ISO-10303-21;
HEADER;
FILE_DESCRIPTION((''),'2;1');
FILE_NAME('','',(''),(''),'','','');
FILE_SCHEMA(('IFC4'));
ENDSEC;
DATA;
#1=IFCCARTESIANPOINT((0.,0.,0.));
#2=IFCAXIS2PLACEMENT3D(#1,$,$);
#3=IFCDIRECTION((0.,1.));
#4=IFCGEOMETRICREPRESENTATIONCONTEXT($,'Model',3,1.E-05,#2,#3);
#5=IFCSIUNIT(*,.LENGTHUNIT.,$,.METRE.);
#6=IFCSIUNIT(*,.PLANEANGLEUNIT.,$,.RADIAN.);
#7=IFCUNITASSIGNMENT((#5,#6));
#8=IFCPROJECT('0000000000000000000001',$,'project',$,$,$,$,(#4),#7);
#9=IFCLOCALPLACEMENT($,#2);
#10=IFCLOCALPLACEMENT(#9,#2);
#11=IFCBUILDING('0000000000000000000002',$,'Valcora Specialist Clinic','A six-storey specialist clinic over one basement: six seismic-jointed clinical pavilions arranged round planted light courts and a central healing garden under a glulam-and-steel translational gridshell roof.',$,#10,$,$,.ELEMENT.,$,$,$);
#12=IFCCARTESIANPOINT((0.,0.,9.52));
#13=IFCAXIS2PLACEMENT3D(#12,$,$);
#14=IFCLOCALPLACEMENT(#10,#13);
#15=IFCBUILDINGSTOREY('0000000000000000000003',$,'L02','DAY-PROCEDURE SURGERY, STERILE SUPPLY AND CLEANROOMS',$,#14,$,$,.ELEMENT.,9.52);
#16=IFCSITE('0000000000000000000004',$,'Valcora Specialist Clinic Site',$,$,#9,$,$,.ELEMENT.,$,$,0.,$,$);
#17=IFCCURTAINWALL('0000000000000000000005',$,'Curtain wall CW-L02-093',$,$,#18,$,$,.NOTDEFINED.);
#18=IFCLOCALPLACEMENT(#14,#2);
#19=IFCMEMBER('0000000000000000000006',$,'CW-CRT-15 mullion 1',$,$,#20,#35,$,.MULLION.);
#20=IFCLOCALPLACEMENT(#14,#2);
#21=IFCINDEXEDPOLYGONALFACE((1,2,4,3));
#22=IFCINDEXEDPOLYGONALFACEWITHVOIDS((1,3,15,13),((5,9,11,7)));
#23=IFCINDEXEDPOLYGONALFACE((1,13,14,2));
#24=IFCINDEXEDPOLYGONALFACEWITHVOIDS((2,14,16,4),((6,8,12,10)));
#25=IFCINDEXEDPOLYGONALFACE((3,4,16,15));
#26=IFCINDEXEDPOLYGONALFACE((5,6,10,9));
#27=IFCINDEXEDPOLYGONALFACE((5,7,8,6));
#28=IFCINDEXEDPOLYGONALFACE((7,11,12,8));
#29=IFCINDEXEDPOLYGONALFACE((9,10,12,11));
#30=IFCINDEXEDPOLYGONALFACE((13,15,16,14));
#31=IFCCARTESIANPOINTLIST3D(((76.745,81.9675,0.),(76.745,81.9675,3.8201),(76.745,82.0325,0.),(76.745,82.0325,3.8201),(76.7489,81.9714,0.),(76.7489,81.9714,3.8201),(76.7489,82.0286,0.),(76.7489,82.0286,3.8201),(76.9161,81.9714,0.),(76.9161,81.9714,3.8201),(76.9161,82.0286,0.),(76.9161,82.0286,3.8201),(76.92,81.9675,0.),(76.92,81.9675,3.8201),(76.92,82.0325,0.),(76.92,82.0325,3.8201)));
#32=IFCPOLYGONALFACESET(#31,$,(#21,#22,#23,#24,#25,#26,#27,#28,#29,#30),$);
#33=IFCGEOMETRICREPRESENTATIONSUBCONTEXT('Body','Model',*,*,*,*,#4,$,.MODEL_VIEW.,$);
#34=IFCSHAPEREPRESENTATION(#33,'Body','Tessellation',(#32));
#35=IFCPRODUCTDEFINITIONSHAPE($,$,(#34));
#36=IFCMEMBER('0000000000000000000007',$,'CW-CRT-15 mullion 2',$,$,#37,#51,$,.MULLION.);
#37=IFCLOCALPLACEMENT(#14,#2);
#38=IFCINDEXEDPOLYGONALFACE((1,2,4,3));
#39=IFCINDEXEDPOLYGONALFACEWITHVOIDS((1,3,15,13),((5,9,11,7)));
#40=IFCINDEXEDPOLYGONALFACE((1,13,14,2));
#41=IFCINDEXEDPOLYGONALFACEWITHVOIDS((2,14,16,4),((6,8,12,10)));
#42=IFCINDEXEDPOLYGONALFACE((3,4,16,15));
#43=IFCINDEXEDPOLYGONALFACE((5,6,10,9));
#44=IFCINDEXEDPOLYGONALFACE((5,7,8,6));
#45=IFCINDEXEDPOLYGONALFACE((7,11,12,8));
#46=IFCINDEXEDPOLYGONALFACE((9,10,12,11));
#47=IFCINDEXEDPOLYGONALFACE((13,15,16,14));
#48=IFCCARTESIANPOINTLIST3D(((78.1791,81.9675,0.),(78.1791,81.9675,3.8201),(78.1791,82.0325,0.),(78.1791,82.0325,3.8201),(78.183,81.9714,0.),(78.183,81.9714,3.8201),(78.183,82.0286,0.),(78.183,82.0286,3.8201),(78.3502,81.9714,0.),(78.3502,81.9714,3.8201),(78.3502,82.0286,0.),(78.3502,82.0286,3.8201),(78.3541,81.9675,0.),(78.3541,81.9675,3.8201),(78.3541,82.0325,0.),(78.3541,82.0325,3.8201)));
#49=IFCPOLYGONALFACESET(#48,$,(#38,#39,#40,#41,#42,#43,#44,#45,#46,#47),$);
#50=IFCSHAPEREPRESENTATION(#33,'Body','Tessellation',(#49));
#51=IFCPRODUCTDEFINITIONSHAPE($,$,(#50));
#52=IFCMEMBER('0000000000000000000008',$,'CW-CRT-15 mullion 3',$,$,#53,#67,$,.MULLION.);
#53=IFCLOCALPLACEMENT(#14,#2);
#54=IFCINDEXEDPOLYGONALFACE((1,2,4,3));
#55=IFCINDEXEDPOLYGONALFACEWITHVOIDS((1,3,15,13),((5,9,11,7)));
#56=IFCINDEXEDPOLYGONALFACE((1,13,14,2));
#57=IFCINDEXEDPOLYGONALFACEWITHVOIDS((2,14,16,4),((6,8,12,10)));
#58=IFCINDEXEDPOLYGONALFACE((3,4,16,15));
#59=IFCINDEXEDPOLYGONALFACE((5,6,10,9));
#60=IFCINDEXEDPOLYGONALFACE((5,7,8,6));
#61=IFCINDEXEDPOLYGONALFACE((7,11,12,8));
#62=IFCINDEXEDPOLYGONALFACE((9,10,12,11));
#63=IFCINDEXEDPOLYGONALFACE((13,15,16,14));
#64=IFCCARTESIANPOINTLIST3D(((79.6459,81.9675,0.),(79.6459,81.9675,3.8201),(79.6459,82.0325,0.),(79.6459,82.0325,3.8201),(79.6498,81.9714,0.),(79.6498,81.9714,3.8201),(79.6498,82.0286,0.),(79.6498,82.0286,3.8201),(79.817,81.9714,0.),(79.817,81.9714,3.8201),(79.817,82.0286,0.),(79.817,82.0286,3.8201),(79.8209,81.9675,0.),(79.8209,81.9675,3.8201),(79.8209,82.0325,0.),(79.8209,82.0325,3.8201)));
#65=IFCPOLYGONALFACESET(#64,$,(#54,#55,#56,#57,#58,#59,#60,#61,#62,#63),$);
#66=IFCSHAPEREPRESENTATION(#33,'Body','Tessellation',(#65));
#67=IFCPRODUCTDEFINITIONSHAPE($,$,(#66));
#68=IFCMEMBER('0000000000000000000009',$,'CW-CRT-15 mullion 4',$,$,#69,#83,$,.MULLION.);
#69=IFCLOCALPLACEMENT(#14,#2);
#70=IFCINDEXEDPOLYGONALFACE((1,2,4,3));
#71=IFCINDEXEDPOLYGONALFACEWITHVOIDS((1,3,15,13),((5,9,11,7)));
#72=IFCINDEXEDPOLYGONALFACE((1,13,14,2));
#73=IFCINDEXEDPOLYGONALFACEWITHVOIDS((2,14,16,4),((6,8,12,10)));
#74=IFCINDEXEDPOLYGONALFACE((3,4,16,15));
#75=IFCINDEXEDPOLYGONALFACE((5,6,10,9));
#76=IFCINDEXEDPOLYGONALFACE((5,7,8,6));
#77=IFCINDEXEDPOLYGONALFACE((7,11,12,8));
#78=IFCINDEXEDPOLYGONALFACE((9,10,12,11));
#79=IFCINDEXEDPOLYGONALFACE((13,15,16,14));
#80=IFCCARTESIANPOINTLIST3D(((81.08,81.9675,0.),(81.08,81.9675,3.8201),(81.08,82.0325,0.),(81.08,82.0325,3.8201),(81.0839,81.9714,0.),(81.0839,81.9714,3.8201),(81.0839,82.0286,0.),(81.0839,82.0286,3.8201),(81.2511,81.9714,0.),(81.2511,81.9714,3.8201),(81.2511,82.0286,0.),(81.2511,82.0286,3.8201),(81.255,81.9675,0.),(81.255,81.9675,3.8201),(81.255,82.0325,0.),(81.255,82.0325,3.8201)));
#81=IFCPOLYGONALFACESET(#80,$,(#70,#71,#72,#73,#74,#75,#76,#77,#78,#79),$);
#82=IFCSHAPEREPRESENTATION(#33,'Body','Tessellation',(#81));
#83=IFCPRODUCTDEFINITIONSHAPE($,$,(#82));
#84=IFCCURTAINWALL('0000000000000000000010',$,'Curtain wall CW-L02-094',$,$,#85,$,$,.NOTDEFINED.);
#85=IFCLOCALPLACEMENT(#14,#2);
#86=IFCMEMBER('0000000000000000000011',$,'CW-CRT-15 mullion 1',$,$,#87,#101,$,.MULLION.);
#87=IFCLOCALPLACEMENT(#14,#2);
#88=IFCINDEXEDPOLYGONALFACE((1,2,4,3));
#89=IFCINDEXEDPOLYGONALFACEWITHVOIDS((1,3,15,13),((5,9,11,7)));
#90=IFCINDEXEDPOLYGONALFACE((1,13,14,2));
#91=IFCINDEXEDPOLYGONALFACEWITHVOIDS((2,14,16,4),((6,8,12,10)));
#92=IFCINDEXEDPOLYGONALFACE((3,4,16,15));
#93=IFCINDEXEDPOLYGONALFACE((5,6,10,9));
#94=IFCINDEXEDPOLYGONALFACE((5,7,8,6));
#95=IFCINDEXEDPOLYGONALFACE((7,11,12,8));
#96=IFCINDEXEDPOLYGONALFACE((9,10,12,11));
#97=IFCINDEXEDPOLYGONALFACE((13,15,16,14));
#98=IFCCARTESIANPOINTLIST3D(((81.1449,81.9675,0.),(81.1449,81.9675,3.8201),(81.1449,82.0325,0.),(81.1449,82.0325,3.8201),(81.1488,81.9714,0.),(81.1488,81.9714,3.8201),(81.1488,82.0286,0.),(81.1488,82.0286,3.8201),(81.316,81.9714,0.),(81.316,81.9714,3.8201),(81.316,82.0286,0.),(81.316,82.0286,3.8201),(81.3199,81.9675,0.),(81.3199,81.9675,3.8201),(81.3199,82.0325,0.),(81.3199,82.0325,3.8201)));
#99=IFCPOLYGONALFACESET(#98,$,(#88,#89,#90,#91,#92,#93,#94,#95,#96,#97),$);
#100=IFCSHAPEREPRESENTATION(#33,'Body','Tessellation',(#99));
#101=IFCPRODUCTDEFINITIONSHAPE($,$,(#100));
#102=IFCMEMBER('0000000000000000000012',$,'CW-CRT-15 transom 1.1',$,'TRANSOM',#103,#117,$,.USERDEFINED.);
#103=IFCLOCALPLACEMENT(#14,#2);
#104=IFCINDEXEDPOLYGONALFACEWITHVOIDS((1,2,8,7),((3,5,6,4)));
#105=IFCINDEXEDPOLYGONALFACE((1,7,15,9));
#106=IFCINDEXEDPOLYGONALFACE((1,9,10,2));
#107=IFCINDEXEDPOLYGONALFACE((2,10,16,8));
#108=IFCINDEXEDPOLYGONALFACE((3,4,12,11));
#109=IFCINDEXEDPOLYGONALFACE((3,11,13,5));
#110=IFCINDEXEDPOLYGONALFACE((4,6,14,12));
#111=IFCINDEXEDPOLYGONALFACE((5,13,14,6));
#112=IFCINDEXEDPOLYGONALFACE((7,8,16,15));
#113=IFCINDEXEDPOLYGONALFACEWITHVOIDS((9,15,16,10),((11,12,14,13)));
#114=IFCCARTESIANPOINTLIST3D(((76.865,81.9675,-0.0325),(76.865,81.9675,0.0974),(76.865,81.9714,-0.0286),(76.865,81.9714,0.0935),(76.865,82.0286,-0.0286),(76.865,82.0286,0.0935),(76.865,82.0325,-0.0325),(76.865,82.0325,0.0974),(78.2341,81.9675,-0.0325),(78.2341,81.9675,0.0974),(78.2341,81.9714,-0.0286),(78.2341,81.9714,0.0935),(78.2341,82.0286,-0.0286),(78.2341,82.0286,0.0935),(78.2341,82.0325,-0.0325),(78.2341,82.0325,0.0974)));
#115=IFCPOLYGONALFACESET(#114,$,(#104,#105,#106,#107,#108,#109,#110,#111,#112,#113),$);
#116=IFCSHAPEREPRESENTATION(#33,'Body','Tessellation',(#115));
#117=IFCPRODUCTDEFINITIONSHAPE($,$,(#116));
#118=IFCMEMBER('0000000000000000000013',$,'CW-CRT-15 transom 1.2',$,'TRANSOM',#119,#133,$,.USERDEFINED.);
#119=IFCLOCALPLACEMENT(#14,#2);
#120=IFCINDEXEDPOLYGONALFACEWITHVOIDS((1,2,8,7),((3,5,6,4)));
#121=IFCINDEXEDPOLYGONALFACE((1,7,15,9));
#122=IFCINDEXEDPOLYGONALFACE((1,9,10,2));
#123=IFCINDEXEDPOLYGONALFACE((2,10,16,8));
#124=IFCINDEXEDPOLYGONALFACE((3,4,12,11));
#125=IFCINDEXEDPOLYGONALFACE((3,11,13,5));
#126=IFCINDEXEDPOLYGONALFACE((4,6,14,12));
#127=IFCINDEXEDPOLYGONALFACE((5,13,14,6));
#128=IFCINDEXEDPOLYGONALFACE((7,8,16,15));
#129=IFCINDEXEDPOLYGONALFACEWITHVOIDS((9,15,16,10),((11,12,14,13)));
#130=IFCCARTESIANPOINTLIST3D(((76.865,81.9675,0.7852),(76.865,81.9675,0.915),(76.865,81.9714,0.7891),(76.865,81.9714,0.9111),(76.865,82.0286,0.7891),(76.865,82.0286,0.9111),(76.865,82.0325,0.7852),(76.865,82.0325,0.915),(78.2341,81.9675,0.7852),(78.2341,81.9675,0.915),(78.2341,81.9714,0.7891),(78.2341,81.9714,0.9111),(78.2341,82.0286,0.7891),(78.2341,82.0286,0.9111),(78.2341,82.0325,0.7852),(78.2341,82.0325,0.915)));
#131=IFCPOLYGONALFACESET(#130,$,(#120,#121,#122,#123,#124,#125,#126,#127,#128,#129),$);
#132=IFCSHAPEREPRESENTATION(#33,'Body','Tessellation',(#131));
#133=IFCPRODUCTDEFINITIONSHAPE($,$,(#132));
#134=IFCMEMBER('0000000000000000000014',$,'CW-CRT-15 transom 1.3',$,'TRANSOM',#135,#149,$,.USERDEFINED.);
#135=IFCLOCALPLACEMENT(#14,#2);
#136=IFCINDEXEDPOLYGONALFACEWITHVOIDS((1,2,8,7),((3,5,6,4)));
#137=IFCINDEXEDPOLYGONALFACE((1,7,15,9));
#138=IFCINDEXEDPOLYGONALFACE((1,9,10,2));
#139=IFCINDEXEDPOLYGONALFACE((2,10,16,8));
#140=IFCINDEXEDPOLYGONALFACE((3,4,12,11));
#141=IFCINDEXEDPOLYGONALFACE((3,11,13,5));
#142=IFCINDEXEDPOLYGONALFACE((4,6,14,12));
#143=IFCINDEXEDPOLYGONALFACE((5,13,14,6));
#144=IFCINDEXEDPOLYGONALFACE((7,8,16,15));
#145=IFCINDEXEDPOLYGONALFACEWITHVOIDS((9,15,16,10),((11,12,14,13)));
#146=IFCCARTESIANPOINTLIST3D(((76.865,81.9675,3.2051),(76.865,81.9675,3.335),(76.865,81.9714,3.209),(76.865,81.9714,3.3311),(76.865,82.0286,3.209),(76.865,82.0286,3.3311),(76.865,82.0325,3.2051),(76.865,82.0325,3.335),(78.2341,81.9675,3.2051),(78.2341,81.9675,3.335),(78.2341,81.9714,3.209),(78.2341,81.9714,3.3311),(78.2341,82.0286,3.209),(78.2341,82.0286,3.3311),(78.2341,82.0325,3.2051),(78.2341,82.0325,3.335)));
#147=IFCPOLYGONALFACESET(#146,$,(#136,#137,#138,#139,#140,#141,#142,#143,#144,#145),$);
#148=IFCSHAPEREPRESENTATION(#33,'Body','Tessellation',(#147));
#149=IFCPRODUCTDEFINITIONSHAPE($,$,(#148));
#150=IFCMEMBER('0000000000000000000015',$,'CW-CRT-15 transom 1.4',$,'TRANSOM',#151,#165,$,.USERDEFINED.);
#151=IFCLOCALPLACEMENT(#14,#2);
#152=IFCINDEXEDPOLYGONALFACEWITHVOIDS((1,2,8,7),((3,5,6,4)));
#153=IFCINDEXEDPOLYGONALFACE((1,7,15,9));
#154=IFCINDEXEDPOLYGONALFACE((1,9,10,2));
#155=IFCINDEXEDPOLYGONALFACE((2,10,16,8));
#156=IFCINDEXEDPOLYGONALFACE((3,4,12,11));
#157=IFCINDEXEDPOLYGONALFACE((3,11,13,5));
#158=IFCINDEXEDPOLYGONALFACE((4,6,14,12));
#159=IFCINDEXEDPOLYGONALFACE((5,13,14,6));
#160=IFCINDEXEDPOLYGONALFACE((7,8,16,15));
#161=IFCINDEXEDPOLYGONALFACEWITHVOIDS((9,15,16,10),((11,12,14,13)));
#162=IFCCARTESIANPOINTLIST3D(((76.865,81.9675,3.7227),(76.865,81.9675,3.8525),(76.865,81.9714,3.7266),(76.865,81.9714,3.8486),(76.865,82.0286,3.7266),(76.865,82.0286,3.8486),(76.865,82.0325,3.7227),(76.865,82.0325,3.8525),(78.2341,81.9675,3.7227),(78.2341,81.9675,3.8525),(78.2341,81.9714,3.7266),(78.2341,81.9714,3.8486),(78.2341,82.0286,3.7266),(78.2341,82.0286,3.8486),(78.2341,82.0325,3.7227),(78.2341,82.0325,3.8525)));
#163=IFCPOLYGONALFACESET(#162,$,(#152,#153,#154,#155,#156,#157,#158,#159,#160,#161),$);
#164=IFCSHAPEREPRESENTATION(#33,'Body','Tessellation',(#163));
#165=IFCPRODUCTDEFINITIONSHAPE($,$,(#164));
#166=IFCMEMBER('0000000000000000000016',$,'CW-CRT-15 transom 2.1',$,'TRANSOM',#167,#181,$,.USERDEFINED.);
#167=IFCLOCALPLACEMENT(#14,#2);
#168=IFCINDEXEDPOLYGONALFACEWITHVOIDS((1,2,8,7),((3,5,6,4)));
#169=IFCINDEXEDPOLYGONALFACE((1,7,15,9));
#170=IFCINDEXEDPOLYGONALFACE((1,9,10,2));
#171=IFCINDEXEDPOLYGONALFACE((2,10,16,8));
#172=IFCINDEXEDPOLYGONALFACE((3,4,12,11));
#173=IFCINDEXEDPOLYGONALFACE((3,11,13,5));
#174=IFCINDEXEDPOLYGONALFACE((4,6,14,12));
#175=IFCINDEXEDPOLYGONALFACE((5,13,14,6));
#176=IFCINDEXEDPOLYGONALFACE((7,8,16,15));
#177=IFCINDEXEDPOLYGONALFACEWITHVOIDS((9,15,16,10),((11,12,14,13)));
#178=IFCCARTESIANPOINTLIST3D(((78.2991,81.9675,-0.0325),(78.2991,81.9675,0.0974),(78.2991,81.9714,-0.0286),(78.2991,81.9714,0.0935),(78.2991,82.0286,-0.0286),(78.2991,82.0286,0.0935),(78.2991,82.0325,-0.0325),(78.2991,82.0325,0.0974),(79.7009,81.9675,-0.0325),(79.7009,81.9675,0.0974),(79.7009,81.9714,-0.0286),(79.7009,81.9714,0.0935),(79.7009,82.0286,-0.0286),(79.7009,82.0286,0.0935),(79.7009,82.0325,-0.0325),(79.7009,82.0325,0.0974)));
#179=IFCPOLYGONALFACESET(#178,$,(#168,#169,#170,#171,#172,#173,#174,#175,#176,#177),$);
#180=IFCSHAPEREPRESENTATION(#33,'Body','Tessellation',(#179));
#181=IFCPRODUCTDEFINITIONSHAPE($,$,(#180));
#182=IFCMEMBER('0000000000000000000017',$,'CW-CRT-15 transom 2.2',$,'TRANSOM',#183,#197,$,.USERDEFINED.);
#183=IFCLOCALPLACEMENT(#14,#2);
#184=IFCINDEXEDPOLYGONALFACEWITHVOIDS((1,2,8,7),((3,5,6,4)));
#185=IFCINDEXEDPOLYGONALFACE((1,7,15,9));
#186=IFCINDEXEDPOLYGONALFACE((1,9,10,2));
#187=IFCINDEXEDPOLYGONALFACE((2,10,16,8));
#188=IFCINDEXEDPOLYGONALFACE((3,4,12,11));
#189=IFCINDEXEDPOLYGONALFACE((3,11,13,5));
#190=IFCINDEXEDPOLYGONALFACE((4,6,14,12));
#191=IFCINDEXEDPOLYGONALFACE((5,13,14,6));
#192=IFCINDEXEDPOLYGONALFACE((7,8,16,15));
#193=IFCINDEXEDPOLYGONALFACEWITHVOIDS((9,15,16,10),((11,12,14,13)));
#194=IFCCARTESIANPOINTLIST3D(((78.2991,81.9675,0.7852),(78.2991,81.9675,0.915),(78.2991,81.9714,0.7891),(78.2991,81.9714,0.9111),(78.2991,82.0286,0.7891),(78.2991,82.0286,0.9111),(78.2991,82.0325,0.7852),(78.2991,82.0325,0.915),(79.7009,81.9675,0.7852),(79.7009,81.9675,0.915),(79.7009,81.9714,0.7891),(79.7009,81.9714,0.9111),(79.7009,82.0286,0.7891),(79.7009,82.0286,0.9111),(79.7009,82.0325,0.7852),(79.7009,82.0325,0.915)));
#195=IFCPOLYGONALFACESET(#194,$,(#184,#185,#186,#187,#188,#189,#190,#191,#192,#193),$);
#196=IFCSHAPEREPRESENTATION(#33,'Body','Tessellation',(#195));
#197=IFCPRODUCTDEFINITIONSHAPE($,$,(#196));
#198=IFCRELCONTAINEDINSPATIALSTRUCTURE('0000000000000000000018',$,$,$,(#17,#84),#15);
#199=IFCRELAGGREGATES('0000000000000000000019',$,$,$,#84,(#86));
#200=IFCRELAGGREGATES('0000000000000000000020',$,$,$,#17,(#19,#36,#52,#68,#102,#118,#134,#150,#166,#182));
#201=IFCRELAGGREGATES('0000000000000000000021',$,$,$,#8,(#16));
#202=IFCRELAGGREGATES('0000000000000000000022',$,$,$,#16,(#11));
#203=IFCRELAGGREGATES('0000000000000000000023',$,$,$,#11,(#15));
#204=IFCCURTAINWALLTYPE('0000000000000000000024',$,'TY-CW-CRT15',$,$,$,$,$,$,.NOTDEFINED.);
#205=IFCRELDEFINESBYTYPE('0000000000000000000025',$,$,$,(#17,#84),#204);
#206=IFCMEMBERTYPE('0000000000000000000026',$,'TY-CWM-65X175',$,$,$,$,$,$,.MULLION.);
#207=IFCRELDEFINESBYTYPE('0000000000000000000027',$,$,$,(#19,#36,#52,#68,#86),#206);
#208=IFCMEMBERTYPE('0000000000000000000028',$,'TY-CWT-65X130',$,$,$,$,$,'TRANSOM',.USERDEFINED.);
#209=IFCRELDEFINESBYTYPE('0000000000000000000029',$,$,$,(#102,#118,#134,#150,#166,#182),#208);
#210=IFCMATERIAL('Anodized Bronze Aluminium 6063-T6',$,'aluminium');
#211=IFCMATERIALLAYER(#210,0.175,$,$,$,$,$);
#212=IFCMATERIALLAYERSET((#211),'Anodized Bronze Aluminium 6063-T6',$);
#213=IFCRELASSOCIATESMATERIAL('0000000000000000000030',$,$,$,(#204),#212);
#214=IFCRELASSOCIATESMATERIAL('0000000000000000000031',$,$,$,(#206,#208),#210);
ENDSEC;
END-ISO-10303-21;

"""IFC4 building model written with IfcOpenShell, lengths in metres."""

from ifc_helpers import new_model, si_unit, direction, frame, origin, origin_2d, place, context, subcontext, project, spatial, hollow_rectangle, extrude, material, layer, layer_set, material_profile, profile_set, type_object, element, aggregate, save


model = new_model("IFC4")

# Units and contexts
model_context = context("Model", 3, precision=1e-05, world=origin(), true_north=direction((0.0, 1.0)))
body_context = subcontext(model_context, "Body", "Model", "MODEL_VIEW")
ifc_project = project(units=[si_unit("LENGTHUNIT", "METRE"), si_unit("PLANEANGLEUNIT", "RADIAN")], contexts=[model_context])

# Site, building, storey
site_placement = place(None, origin())
site = spatial("IfcSite", under=ifc_project, at=site_placement, Name="Valcora Specialist Clinic Site", CompositionType="ELEMENT", RefElevation=0.0)
building_placement = place(site_placement, origin())
building = spatial("IfcBuilding", under=site, at=building_placement, Name="Valcora Specialist Clinic", Description="A six-storey specialist clinic over one basement: six seismic-jointed clinical pavilions arranged round planted light courts and a central healing garden under a glulam-and-steel translational gridshell roof.", CompositionType="ELEMENT")
storey_placement = place(building_placement, frame((0.0, 0.0, 9.52)))
storey = spatial("IfcBuildingStorey", under=building, at=storey_placement, Name="L02", Description="DAY-PROCEDURE SURGERY, STERILE SUPPLY AND CLEANROOMS", CompositionType="ELEMENT", Elevation=9.52)

# Curtain wall, members
ifc_material_1 = material(Name="Anodized Bronze Aluminium 6063-T6", Category="aluminium")
ifc_layer_1 = layer(ifc_material_1, 0.175)
ifc_layer_set_1 = layer_set([ifc_layer_1], Name="Anodized Bronze Aluminium 6063-T6")
curtain_wall_type = type_object("IfcCurtainWallType", Name="TY-CW-CRT15", PredefinedType="NOTDEFINED", material=ifc_layer_set_1)
curtain_wall_1_placement = place(storey_placement, origin())
curtain_wall_1 = element("IfcCurtainWall", 1, at=curtain_wall_1_placement, inside=storey, type_object=curtain_wall_type, Name="Curtain wall CW-L02-093", PredefinedType="NOTDEFINED")
ifc_material_profile_1 = material_profile(ifc_material_1, hollow_rectangle(XDim=0.0649, YDim=0.175, WallThickness=0.0039, at=origin_2d()), Name="AL-MUL-65X175")
ifc_profile_set_1 = profile_set([ifc_material_profile_1], Name="Anodized Bronze Aluminium 6063-T6")
member_type_1 = type_object("IfcMemberType", Name="TY-CWM-65X175", PredefinedType="MULLION", material=ifc_profile_set_1)
member_1_placement = place(storey_placement, frame((76.8325, 82.0, 0.0), z_axis=(0.0, 0.0, 1.0), x_axis=(0.0, 1.0, 0.0)))
member_1 = element("IfcMember", 2, at=member_1_placement, type_object=member_type_1, Name="CW-CRT-15 mullion 1", PredefinedType="MULLION", context=body_context, shape_type="SweptSolid", body=[
    extrude(hollow_rectangle(XDim=0.0649, YDim=0.175, WallThickness=0.0039, at=origin_2d()), origin(), (0.0, 0.0, 1.0), 3.8201),
])
member_2_placement = place(storey_placement, frame((78.2666, 82.0, 0.0), z_axis=(0.0, 0.0, 1.0), x_axis=(0.0, 1.0, 0.0)))
member_2 = element("IfcMember", 3, at=member_2_placement, type_object=member_type_1, Name="CW-CRT-15 mullion 2", PredefinedType="MULLION", context=body_context, shape_type="SweptSolid", body=[
    extrude(hollow_rectangle(XDim=0.0649, YDim=0.175, WallThickness=0.0039, at=origin_2d()), origin(), (0.0, 0.0, 1.0), 3.8201),
])
member_3_placement = place(storey_placement, frame((79.7334, 82.0, 0.0), z_axis=(0.0, 0.0, 1.0), x_axis=(0.0, 1.0, 0.0)))
member_3 = element("IfcMember", 4, at=member_3_placement, type_object=member_type_1, Name="CW-CRT-15 mullion 3", PredefinedType="MULLION", context=body_context, shape_type="SweptSolid", body=[
    extrude(hollow_rectangle(XDim=0.0649, YDim=0.175, WallThickness=0.0039, at=origin_2d()), origin(), (0.0, 0.0, 1.0), 3.8201),
])
member_4_placement = place(storey_placement, frame((81.1675, 82.0, 0.0), z_axis=(0.0, 0.0, 1.0), x_axis=(0.0, 1.0, 0.0)))
member_4 = element("IfcMember", 5, at=member_4_placement, type_object=member_type_1, Name="CW-CRT-15 mullion 4", PredefinedType="MULLION", context=body_context, shape_type="SweptSolid", body=[
    extrude(hollow_rectangle(XDim=0.0649, YDim=0.175, WallThickness=0.0039, at=origin_2d()), origin(), (0.0, 0.0, 1.0), 3.8201),
])

# Curtain wall, member
curtain_wall_2_placement = place(storey_placement, origin())
curtain_wall_2 = element("IfcCurtainWall", 6, at=curtain_wall_2_placement, inside=storey, type_object=curtain_wall_type, Name="Curtain wall CW-L02-094", PredefinedType="NOTDEFINED")
member_5_placement = place(storey_placement, frame((81.2324, 82.0, 0.0), z_axis=(0.0, 0.0, 1.0), x_axis=(0.0, 1.0, 0.0)))
member_5 = element("IfcMember", 7, at=member_5_placement, type_object=member_type_1, Name="CW-CRT-15 mullion 1", PredefinedType="MULLION", context=body_context, shape_type="SweptSolid", body=[
    extrude(hollow_rectangle(XDim=0.0649, YDim=0.175, WallThickness=0.0039, at=origin_2d()), origin(), (0.0, 0.0, 1.0), 3.8201),
])

# Members
ifc_material_profile_2 = material_profile(ifc_material_1, hollow_rectangle(XDim=0.0649, YDim=0.1299, WallThickness=0.0039, at=origin_2d()), Name="AL-TRN-65X130")
ifc_profile_set_2 = profile_set([ifc_material_profile_2], Name="Anodized Bronze Aluminium 6063-T6")
member_type_2 = type_object("IfcMemberType", Name="TY-CWT-65X130", ElementType="TRANSOM", PredefinedType="USERDEFINED", material=ifc_profile_set_2)
member_6_placement = place(storey_placement, frame((76.865, 82.0, 0.0325), z_axis=(1.0, 0.0, 0.0), x_axis=(0.0, 1.0, 0.0)))
member_6 = element("IfcMember", 8, at=member_6_placement, type_object=member_type_2, Name="CW-CRT-15 transom 1.1", ObjectType="TRANSOM", PredefinedType="USERDEFINED", context=body_context, shape_type="SweptSolid", body=[
    extrude(hollow_rectangle(XDim=0.0649, YDim=0.1299, WallThickness=0.0039, at=origin_2d()), origin(), (0.0, 0.0, 1.0), 1.3691),
])
member_7_placement = place(storey_placement, frame((76.865, 82.0, 0.8501), z_axis=(1.0, 0.0, 0.0), x_axis=(0.0, 1.0, 0.0)))
member_7 = element("IfcMember", 9, at=member_7_placement, type_object=member_type_2, Name="CW-CRT-15 transom 1.2", ObjectType="TRANSOM", PredefinedType="USERDEFINED", context=body_context, shape_type="SweptSolid", body=[
    extrude(hollow_rectangle(XDim=0.0649, YDim=0.1299, WallThickness=0.0039, at=origin_2d()), origin(), (0.0, 0.0, 1.0), 1.3691),
])
member_8_placement = place(storey_placement, frame((76.865, 82.0, 3.27), z_axis=(1.0, 0.0, 0.0), x_axis=(0.0, 1.0, 0.0)))
member_8 = element("IfcMember", 10, at=member_8_placement, type_object=member_type_2, Name="CW-CRT-15 transom 1.3", ObjectType="TRANSOM", PredefinedType="USERDEFINED", context=body_context, shape_type="SweptSolid", body=[
    extrude(hollow_rectangle(XDim=0.0649, YDim=0.1299, WallThickness=0.0039, at=origin_2d()), origin(), (0.0, 0.0, 1.0), 1.3691),
])
member_9_placement = place(storey_placement, frame((76.865, 82.0, 3.7876), z_axis=(1.0, 0.0, 0.0), x_axis=(0.0, 1.0, 0.0)))
member_9 = element("IfcMember", 11, at=member_9_placement, type_object=member_type_2, Name="CW-CRT-15 transom 1.4", ObjectType="TRANSOM", PredefinedType="USERDEFINED", context=body_context, shape_type="SweptSolid", body=[
    extrude(hollow_rectangle(XDim=0.0649, YDim=0.1299, WallThickness=0.0039, at=origin_2d()), origin(), (0.0, 0.0, 1.0), 1.3691),
])
member_10_placement = place(storey_placement, frame((78.2991, 82.0, 0.0325), z_axis=(1.0, 0.0, 0.0), x_axis=(0.0, 1.0, 0.0)))
member_10 = element("IfcMember", 12, at=member_10_placement, type_object=member_type_2, Name="CW-CRT-15 transom 2.1", ObjectType="TRANSOM", PredefinedType="USERDEFINED", context=body_context, shape_type="SweptSolid", body=[
    extrude(hollow_rectangle(XDim=0.0649, YDim=0.1299, WallThickness=0.0039, at=origin_2d()), origin(), (0.0, 0.0, 1.0), 1.4019),
])
member_11_placement = place(storey_placement, frame((78.2991, 82.0, 0.8501), z_axis=(1.0, 0.0, 0.0), x_axis=(0.0, 1.0, 0.0)))
member_11 = element("IfcMember", 13, at=member_11_placement, type_object=member_type_2, Name="CW-CRT-15 transom 2.2", ObjectType="TRANSOM", PredefinedType="USERDEFINED", context=body_context, shape_type="SweptSolid", body=[
    extrude(hollow_rectangle(XDim=0.0649, YDim=0.1299, WallThickness=0.0039, at=origin_2d()), origin(), (0.0, 0.0, 1.0), 1.4019),
])
aggregate(curtain_wall_2, [member_5])

aggregate(curtain_wall_1, [member_1, member_2, member_3, member_4, member_6, member_7, member_8, member_9, member_10, member_11])

save(model, "model.ifc")
